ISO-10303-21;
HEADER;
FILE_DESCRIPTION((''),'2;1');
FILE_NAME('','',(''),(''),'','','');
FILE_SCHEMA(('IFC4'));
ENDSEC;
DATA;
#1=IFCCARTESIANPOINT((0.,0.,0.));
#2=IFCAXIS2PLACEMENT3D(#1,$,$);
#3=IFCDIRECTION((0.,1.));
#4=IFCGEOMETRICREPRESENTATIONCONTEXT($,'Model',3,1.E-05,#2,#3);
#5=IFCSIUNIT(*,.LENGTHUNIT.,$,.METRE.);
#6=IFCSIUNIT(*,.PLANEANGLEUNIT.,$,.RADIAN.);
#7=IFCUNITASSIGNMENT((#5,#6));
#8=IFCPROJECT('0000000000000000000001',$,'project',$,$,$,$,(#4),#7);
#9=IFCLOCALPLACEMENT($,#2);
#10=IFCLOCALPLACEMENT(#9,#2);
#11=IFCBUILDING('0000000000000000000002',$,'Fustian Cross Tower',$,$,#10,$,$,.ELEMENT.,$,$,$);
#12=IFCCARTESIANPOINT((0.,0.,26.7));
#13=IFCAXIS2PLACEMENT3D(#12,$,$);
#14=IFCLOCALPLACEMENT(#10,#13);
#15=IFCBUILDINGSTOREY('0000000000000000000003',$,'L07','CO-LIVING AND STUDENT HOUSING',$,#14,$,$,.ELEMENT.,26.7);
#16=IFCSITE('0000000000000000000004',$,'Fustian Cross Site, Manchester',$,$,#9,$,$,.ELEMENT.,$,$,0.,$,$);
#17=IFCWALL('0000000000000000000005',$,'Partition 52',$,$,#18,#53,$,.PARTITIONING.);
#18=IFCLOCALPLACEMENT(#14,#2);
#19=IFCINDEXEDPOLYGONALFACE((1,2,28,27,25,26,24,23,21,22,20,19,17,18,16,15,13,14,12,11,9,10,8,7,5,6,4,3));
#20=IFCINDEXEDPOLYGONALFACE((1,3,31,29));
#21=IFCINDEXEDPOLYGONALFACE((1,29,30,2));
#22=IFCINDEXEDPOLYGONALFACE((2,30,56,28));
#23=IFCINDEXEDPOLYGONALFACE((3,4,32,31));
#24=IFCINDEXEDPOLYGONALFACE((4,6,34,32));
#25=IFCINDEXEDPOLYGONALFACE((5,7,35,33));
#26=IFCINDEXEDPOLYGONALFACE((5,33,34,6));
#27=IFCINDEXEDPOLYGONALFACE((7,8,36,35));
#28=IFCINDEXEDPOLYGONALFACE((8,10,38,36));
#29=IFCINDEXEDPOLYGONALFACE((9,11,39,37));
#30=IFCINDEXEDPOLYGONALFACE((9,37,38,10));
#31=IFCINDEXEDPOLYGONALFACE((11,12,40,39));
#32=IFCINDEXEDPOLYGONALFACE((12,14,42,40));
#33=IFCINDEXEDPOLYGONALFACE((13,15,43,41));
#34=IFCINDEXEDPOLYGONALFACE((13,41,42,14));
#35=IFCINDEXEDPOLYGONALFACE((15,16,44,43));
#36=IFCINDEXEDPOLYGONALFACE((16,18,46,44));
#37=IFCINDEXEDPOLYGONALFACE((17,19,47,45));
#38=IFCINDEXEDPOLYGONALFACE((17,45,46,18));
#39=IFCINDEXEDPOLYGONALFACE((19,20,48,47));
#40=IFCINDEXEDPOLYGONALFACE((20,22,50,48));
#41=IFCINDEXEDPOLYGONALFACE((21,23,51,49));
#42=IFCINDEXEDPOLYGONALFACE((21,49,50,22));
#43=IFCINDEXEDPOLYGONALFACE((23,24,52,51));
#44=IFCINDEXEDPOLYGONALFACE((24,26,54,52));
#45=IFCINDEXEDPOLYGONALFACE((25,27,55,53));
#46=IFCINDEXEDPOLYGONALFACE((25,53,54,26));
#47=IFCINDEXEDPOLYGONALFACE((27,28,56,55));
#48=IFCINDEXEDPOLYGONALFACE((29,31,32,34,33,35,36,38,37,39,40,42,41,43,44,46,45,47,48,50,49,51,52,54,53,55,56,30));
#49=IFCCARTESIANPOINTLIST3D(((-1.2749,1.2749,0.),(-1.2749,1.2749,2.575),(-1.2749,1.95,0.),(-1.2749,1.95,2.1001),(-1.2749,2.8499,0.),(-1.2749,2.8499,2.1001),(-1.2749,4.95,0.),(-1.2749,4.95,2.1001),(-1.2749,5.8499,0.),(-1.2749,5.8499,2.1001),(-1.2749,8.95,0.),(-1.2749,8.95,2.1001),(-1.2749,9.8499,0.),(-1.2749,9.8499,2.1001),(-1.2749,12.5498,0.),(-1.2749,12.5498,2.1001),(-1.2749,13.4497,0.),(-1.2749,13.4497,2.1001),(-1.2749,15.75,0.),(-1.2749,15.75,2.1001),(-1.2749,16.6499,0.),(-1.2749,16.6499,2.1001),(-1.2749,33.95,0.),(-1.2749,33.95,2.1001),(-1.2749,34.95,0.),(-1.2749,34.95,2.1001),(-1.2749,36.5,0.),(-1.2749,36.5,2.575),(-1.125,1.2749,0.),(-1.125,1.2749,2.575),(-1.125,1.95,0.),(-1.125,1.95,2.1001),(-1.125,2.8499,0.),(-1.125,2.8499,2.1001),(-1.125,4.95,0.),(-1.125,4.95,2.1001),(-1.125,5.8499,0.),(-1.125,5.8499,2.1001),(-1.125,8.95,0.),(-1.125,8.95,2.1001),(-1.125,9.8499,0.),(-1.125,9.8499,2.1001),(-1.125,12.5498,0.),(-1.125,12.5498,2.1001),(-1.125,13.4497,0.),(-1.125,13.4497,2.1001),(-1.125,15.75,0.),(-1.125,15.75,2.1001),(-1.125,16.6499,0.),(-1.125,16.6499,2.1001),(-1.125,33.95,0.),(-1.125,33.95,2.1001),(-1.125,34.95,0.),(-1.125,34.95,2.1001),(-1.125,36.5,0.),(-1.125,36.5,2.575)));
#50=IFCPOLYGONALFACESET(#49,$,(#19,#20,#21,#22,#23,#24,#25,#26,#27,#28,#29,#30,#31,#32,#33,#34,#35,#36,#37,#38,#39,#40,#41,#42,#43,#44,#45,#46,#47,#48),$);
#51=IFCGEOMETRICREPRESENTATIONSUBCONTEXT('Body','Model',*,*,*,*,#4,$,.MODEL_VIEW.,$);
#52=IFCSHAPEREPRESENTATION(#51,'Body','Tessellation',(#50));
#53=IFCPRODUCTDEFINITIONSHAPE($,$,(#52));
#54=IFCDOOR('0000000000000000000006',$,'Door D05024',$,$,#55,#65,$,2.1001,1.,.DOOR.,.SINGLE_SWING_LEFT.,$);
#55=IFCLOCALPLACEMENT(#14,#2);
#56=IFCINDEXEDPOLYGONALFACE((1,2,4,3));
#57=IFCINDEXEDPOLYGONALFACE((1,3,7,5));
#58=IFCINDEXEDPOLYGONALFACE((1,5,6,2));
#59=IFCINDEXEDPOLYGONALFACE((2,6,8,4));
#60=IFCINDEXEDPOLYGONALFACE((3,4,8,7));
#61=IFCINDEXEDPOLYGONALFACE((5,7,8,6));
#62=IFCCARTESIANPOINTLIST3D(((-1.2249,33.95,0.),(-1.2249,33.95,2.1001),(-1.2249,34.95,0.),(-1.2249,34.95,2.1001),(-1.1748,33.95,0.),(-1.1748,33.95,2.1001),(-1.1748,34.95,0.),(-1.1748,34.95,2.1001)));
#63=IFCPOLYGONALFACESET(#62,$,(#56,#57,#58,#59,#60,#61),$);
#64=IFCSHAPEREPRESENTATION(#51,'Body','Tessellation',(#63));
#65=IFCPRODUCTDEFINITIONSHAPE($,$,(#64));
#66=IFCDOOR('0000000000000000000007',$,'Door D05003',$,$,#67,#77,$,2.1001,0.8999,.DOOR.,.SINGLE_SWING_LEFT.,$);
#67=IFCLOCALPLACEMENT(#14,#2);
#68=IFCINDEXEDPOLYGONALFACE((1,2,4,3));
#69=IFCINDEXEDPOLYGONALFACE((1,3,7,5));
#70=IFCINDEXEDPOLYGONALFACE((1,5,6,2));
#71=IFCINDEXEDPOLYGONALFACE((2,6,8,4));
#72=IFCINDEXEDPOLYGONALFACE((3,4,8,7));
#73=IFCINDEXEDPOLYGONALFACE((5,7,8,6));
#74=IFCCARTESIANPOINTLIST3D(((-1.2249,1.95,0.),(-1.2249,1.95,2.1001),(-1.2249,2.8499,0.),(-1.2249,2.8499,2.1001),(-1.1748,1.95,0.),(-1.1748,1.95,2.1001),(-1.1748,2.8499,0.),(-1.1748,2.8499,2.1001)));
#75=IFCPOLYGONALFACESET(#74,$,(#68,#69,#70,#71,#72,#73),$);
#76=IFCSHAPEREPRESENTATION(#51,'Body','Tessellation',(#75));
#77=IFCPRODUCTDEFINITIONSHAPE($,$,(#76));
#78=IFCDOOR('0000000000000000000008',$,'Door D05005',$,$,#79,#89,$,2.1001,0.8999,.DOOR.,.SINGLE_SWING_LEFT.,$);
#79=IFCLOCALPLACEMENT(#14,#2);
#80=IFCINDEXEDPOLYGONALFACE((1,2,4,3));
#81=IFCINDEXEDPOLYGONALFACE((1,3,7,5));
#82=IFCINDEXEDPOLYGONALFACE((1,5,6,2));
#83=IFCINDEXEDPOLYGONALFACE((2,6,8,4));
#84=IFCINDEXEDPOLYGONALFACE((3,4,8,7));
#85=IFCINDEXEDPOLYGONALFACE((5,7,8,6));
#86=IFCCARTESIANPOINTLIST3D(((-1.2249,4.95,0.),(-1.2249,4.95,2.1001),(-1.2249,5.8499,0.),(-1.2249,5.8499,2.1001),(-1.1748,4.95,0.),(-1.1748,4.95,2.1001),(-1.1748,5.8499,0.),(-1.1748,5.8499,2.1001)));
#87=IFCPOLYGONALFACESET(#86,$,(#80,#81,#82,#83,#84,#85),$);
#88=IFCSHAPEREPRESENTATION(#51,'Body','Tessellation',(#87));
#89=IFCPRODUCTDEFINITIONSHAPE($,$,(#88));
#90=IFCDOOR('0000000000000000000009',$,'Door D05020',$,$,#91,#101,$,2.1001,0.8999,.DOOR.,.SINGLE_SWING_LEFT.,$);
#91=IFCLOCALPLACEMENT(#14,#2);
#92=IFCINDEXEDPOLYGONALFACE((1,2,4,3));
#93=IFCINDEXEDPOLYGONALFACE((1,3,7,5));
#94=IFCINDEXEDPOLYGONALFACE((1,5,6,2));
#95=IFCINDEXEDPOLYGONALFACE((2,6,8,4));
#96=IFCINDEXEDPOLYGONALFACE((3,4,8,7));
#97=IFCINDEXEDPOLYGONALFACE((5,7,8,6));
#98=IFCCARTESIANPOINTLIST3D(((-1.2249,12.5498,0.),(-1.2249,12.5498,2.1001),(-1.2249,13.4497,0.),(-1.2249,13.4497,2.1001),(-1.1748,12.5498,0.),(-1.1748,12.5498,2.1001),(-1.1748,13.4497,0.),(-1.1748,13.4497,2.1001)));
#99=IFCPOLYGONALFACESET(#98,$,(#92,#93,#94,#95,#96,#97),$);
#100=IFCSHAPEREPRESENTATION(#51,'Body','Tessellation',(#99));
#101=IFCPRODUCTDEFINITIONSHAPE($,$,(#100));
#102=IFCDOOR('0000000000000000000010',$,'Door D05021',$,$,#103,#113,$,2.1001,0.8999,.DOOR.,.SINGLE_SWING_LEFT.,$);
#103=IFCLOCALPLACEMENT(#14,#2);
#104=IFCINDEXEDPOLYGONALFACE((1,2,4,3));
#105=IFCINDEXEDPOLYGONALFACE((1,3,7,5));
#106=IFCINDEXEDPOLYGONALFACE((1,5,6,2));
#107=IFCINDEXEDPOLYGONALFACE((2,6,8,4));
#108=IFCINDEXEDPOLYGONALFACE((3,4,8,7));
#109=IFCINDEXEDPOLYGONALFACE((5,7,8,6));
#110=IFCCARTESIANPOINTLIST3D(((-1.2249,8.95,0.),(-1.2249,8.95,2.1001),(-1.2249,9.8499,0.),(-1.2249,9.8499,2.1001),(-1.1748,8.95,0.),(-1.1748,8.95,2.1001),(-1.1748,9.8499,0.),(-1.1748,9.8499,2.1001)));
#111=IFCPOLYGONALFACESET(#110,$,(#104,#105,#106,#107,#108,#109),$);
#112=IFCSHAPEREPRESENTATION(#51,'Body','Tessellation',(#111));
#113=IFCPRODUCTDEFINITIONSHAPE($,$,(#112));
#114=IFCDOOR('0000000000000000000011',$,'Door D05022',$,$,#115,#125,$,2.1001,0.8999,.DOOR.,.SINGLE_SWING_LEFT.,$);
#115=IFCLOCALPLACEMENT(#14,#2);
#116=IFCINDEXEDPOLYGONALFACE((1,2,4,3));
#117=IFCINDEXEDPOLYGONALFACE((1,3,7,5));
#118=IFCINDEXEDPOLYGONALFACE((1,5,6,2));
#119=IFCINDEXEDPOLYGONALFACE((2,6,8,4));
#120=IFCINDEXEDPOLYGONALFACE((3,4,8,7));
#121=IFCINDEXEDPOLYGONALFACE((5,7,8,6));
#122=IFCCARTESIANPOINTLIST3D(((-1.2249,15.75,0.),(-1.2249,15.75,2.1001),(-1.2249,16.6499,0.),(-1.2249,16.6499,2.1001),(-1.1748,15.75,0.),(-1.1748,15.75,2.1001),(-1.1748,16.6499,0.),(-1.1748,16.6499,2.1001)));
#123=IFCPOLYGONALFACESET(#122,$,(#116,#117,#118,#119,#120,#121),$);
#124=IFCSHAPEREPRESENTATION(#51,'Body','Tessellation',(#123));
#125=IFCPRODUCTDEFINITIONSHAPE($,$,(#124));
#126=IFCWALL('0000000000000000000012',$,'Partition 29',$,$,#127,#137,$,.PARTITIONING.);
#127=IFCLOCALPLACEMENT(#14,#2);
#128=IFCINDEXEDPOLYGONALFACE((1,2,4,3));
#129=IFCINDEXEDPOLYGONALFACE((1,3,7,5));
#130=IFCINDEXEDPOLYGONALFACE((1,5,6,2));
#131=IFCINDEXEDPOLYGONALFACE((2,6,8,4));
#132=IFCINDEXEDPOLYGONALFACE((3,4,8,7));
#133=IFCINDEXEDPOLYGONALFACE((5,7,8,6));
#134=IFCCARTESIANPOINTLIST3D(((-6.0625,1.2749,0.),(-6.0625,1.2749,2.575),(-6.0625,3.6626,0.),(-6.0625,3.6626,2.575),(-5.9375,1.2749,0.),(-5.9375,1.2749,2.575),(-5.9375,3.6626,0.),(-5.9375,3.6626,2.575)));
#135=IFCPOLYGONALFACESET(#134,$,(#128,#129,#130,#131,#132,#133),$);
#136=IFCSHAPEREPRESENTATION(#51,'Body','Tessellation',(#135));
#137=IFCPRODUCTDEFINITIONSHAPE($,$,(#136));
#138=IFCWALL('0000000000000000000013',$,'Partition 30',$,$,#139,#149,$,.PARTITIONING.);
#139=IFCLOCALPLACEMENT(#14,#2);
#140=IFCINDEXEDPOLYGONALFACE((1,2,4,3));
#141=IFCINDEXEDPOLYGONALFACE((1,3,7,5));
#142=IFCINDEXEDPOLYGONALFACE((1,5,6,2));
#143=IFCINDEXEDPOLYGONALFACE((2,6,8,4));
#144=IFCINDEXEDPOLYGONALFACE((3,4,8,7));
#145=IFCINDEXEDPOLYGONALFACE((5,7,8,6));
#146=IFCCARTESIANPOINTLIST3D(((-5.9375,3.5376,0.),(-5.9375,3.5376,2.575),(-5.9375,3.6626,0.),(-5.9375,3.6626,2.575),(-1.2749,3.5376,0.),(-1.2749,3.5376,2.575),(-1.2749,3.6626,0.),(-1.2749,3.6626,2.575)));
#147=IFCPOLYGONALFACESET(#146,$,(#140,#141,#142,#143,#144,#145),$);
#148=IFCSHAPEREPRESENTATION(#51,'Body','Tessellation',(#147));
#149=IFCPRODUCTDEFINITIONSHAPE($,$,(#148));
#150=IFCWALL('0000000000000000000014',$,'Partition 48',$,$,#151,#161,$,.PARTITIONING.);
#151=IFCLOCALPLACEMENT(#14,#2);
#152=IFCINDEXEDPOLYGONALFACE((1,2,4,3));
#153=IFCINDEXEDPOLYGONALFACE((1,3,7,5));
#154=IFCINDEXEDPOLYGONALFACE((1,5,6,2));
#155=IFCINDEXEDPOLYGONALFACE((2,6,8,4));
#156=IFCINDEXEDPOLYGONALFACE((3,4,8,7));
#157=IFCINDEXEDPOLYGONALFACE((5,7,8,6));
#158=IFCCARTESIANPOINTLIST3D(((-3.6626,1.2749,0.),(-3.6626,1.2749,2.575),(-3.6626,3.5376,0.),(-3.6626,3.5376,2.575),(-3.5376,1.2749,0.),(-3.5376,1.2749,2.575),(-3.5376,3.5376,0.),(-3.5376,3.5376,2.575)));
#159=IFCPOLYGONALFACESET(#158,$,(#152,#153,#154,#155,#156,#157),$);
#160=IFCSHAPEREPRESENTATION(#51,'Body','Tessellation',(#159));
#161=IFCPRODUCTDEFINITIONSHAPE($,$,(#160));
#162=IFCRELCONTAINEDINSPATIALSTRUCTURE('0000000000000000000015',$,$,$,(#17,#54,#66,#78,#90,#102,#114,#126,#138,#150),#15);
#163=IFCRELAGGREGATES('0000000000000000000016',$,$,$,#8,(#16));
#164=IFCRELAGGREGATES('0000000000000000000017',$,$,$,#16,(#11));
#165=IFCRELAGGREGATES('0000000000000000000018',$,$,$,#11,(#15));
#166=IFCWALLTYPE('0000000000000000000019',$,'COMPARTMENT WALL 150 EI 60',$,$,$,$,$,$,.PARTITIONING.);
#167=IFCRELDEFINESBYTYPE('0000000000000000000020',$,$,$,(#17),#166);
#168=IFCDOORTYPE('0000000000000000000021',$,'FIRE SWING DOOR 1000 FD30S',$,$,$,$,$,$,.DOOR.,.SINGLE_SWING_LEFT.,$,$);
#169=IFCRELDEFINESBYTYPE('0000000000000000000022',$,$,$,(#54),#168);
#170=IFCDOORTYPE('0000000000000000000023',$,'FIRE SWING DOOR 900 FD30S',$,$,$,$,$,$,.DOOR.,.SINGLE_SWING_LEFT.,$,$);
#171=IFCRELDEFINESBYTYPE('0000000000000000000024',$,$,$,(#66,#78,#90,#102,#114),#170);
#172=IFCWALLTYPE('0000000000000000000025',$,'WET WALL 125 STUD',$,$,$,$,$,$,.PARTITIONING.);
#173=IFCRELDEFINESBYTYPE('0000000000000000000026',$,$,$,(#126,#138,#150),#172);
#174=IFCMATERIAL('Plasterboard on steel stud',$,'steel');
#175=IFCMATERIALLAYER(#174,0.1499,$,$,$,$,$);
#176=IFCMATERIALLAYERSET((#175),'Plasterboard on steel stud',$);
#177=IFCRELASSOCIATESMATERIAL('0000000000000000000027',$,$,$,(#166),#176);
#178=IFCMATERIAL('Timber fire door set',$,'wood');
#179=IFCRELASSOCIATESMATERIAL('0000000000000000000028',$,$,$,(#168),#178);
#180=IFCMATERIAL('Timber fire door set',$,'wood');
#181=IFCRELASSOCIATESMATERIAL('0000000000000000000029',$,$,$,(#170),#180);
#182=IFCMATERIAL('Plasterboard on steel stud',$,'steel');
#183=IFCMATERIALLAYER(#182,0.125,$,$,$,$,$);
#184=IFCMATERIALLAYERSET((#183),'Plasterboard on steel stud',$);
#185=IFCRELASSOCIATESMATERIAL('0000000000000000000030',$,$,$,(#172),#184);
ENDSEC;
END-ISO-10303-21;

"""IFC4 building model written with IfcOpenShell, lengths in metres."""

from ifc_helpers import new_model, si_unit, direction, frame, frame_2d, origin, place, context, subcontext, project, spatial, rectangle, extrude, material, layer, layer_set, type_object, element, fill, save


model = new_model("IFC4")

# Units and contexts
model_context = context("Model", 3, precision=1e-05, world=origin(), true_north=direction((0.0, 1.0)))
body_context = subcontext(model_context, "Body", "Model", "MODEL_VIEW")
ifc_project = project(units=[si_unit("LENGTHUNIT", "METRE"), si_unit("PLANEANGLEUNIT", "RADIAN")], contexts=[model_context])

# Site, building, storey
site_placement = place(None, origin())
site = spatial("IfcSite", under=ifc_project, at=site_placement, Name="Fustian Cross Site, Manchester", CompositionType="ELEMENT", RefElevation=0.0)
building_placement = place(site_placement, origin())
building = spatial("IfcBuilding", under=site, at=building_placement, Name="Fustian Cross Tower", CompositionType="ELEMENT")
storey_placement = place(building_placement, frame((0.0, 0.0, 26.7)))
storey = spatial("IfcBuildingStorey", under=building, at=storey_placement, Name="L07", Description="CO-LIVING AND STUDENT HOUSING", CompositionType="ELEMENT", Elevation=26.7)

# Wall, openings, doors
ifc_material_1 = material(Name="Plasterboard on steel stud", Category="steel")
ifc_layer_1 = layer(ifc_material_1, 0.1499)
ifc_layer_set_1 = layer_set([ifc_layer_1], Name="Plasterboard on steel stud")
wall_type_1 = type_object("IfcWallType", Name="COMPARTMENT WALL 150 EI 60", PredefinedType="PARTITIONING", material=ifc_layer_set_1)
wall_1_placement = place(storey_placement, frame((-1.2, 1.2749, 0.0), z_axis=(0.0, 0.0, 1.0), x_axis=(0.0, 1.0, 0.0)))
wall_1 = element("IfcWall", 1, at=wall_1_placement, inside=storey, type_object=wall_type_1, Name="Partition 52", PredefinedType="PARTITIONING", context=body_context, shape_type="SweptSolid", body=[
    extrude(rectangle(XDim=35.2251, YDim=0.1499, at=frame_2d((17.6125, 0.0))), origin(), (0.0, 0.0, 1.0), 2.575),
])
opening_1_placement = place(wall_1_placement, frame((0.675, 0.0, 0.0)))
opening_1 = element("IfcOpeningElement", 2, at=opening_1_placement, cuts=wall_1, PredefinedType="OPENING", context=body_context, shape_type="SweptSolid", body=[
    extrude(rectangle(XDim=0.8999, YDim=2.1001, at=frame_2d((0.45, 1.05))), frame((0.0, 0.085, 0.0), z_axis=(0.0, -1.0, 0.0), x_axis=(1.0, 0.0, 0.0)), (0.0, 0.0, 1.0), 0.1699),
])
opening_2_placement = place(wall_1_placement, frame((3.675, 0.0, 0.0)))
opening_2 = element("IfcOpeningElement", 3, at=opening_2_placement, cuts=wall_1, PredefinedType="OPENING", context=body_context, shape_type="SweptSolid", body=[
    extrude(rectangle(XDim=0.8999, YDim=2.1001, at=frame_2d((0.45, 1.05))), frame((0.0, 0.085, 0.0), z_axis=(0.0, -1.0, 0.0), x_axis=(1.0, 0.0, 0.0)), (0.0, 0.0, 1.0), 0.1699),
])
opening_3_placement = place(wall_1_placement, frame((11.2749, 0.0, 0.0)))
opening_3 = element("IfcOpeningElement", 4, at=opening_3_placement, cuts=wall_1, PredefinedType="OPENING", context=body_context, shape_type="SweptSolid", body=[
    extrude(rectangle(XDim=0.8999, YDim=2.1001, at=frame_2d((0.45, 1.05))), frame((0.0, 0.085, 0.0), z_axis=(0.0, -1.0, 0.0), x_axis=(1.0, 0.0, 0.0)), (0.0, 0.0, 1.0), 0.1699),
])
opening_4_placement = place(wall_1_placement, frame((7.675, 0.0, 0.0)))
opening_4 = element("IfcOpeningElement", 5, at=opening_4_placement, cuts=wall_1, PredefinedType="OPENING", context=body_context, shape_type="SweptSolid", body=[
    extrude(rectangle(XDim=0.8999, YDim=2.1001, at=frame_2d((0.45, 1.05))), frame((0.0, 0.085, 0.0), z_axis=(0.0, -1.0, 0.0), x_axis=(1.0, 0.0, 0.0)), (0.0, 0.0, 1.0), 0.1699),
])
opening_5_placement = place(wall_1_placement, frame((14.4751, 0.0, 0.0)))
opening_5 = element("IfcOpeningElement", 6, at=opening_5_placement, cuts=wall_1, PredefinedType="OPENING", context=body_context, shape_type="SweptSolid", body=[
    extrude(rectangle(XDim=0.8999, YDim=2.1001, at=frame_2d((0.45, 1.05))), frame((0.0, 0.085, 0.0), z_axis=(0.0, -1.0, 0.0), x_axis=(1.0, 0.0, 0.0)), (0.0, 0.0, 1.0), 0.1699),
])
opening_6_placement = place(wall_1_placement, frame((32.675, 0.0, 0.0)))
opening_6 = element("IfcOpeningElement", 7, at=opening_6_placement, cuts=wall_1, PredefinedType="OPENING", context=body_context, shape_type="SweptSolid", body=[
    extrude(rectangle(XDim=1.0, YDim=2.1001, at=frame_2d((0.5, 1.05))), frame((0.0, 0.085, 0.0), z_axis=(0.0, -1.0, 0.0), x_axis=(1.0, 0.0, 0.0)), (0.0, 0.0, 1.0), 0.1699),
])
ifc_material_2 = material(Name="Timber fire door set", Category="wood")
door_type_1 = type_object("IfcDoorType", Name="FIRE SWING DOOR 1000 FD30S", OperationType="SINGLE_SWING_LEFT", PredefinedType="DOOR", material=ifc_material_2)
door_1_placement = place(opening_6_placement, origin())
door_1 = element("IfcDoor", 8, at=door_1_placement, inside=storey, type_object=door_type_1, Name="Door D05024", OperationType="SINGLE_SWING_LEFT", OverallHeight=2.1001, OverallWidth=1.0, PredefinedType="DOOR", context=body_context, shape_type="SweptSolid", body=[
    extrude(rectangle(XDim=1.0, YDim=2.1001, at=frame_2d((0.5, 1.05))), frame((0.0, 0.0249, 0.0), z_axis=(0.0, -1.0, 0.0), x_axis=(1.0, 0.0, 0.0)), (0.0, 0.0, 1.0), 0.05),
])
fill(opening_6, door_1)
ifc_material_3 = material(Name="Timber fire door set", Category="wood")
door_type_2 = type_object("IfcDoorType", Name="FIRE SWING DOOR 900 FD30S", OperationType="SINGLE_SWING_LEFT", PredefinedType="DOOR", material=ifc_material_3)
door_2_placement = place(opening_1_placement, origin())
door_2 = element("IfcDoor", 9, at=door_2_placement, inside=storey, type_object=door_type_2, Name="Door D05003", OperationType="SINGLE_SWING_LEFT", OverallHeight=2.1001, OverallWidth=0.8999, PredefinedType="DOOR", context=body_context, shape_type="SweptSolid", body=[
    extrude(rectangle(XDim=0.8999, YDim=2.1001, at=frame_2d((0.45, 1.05))), frame((0.0, 0.0249, 0.0), z_axis=(0.0, -1.0, 0.0), x_axis=(1.0, 0.0, 0.0)), (0.0, 0.0, 1.0), 0.05),
])
fill(opening_1, door_2)
door_3_placement = place(opening_2_placement, origin())
door_3 = element("IfcDoor", 10, at=door_3_placement, inside=storey, type_object=door_type_2, Name="Door D05005", OperationType="SINGLE_SWING_LEFT", OverallHeight=2.1001, OverallWidth=0.8999, PredefinedType="DOOR", context=body_context, shape_type="SweptSolid", body=[
    extrude(rectangle(XDim=0.8999, YDim=2.1001, at=frame_2d((0.45, 1.05))), frame((0.0, 0.0249, 0.0), z_axis=(0.0, -1.0, 0.0), x_axis=(1.0, 0.0, 0.0)), (0.0, 0.0, 1.0), 0.05),
])
fill(opening_2, door_3)
door_4_placement = place(opening_3_placement, origin())
door_4 = element("IfcDoor", 11, at=door_4_placement, inside=storey, type_object=door_type_2, Name="Door D05020", OperationType="SINGLE_SWING_LEFT", OverallHeight=2.1001, OverallWidth=0.8999, PredefinedType="DOOR", context=body_context, shape_type="SweptSolid", body=[
    extrude(rectangle(XDim=0.8999, YDim=2.1001, at=frame_2d((0.45, 1.05))), frame((0.0, 0.0249, 0.0), z_axis=(0.0, -1.0, 0.0), x_axis=(1.0, 0.0, 0.0)), (0.0, 0.0, 1.0), 0.05),
])
fill(opening_3, door_4)
door_5_placement = place(opening_4_placement, origin())
door_5 = element("IfcDoor", 12, at=door_5_placement, inside=storey, type_object=door_type_2, Name="Door D05021", OperationType="SINGLE_SWING_LEFT", OverallHeight=2.1001, OverallWidth=0.8999, PredefinedType="DOOR", context=body_context, shape_type="SweptSolid", body=[
    extrude(rectangle(XDim=0.8999, YDim=2.1001, at=frame_2d((0.45, 1.05))), frame((0.0, 0.0249, 0.0), z_axis=(0.0, -1.0, 0.0), x_axis=(1.0, 0.0, 0.0)), (0.0, 0.0, 1.0), 0.05),
])
fill(opening_4, door_5)
door_6_placement = place(opening_5_placement, origin())
door_6 = element("IfcDoor", 13, at=door_6_placement, inside=storey, type_object=door_type_2, Name="Door D05022", OperationType="SINGLE_SWING_LEFT", OverallHeight=2.1001, OverallWidth=0.8999, PredefinedType="DOOR", context=body_context, shape_type="SweptSolid", body=[
    extrude(rectangle(XDim=0.8999, YDim=2.1001, at=frame_2d((0.45, 1.05))), frame((0.0, 0.0249, 0.0), z_axis=(0.0, -1.0, 0.0), x_axis=(1.0, 0.0, 0.0)), (0.0, 0.0, 1.0), 0.05),
])
fill(opening_5, door_6)

# Walls
ifc_material_4 = material(Name="Plasterboard on steel stud", Category="steel")
ifc_layer_2 = layer(ifc_material_4, 0.125)
ifc_layer_set_2 = layer_set([ifc_layer_2], Name="Plasterboard on steel stud")
wall_type_2 = type_object("IfcWallType", Name="WET WALL 125 STUD", PredefinedType="PARTITIONING", material=ifc_layer_set_2)
wall_2_placement = place(storey_placement, frame((-6.0, 1.2749, 0.0), z_axis=(0.0, 0.0, 1.0), x_axis=(0.0, 1.0, 0.0)))
element("IfcWall", 14, at=wall_2_placement, inside=storey, type_object=wall_type_2, Name="Partition 29", PredefinedType="PARTITIONING", context=body_context, shape_type="SweptSolid", body=[
    extrude(rectangle(XDim=2.3877, YDim=0.125, at=frame_2d((1.1938, 0.0))), origin(), (0.0, 0.0, 1.0), 2.575),
])
wall_3_placement = place(storey_placement, frame((-5.9375, 3.6001, 0.0), z_axis=(0.0, 0.0, 1.0), x_axis=(1.0, 0.0, 0.0)))
element("IfcWall", 15, at=wall_3_placement, inside=storey, type_object=wall_type_2, Name="Partition 30", PredefinedType="PARTITIONING", context=body_context, shape_type="SweptSolid", body=[
    extrude(rectangle(XDim=4.6626, YDim=0.125, at=frame_2d((2.3313, 0.0))), origin(), (0.0, 0.0, 1.0), 2.575),
])
wall_4_placement = place(storey_placement, frame((-3.6001, 1.2749, 0.0), z_axis=(0.0, 0.0, 1.0), x_axis=(0.0, 1.0, 0.0)))
element("IfcWall", 16, at=wall_4_placement, inside=storey, type_object=wall_type_2, Name="Partition 48", PredefinedType="PARTITIONING", context=body_context, shape_type="SweptSolid", body=[
    extrude(rectangle(XDim=2.2627, YDim=0.125, at=frame_2d((1.1313, 0.0))), origin(), (0.0, 0.0, 1.0), 2.575),
])

save(model, "model.ifc")
